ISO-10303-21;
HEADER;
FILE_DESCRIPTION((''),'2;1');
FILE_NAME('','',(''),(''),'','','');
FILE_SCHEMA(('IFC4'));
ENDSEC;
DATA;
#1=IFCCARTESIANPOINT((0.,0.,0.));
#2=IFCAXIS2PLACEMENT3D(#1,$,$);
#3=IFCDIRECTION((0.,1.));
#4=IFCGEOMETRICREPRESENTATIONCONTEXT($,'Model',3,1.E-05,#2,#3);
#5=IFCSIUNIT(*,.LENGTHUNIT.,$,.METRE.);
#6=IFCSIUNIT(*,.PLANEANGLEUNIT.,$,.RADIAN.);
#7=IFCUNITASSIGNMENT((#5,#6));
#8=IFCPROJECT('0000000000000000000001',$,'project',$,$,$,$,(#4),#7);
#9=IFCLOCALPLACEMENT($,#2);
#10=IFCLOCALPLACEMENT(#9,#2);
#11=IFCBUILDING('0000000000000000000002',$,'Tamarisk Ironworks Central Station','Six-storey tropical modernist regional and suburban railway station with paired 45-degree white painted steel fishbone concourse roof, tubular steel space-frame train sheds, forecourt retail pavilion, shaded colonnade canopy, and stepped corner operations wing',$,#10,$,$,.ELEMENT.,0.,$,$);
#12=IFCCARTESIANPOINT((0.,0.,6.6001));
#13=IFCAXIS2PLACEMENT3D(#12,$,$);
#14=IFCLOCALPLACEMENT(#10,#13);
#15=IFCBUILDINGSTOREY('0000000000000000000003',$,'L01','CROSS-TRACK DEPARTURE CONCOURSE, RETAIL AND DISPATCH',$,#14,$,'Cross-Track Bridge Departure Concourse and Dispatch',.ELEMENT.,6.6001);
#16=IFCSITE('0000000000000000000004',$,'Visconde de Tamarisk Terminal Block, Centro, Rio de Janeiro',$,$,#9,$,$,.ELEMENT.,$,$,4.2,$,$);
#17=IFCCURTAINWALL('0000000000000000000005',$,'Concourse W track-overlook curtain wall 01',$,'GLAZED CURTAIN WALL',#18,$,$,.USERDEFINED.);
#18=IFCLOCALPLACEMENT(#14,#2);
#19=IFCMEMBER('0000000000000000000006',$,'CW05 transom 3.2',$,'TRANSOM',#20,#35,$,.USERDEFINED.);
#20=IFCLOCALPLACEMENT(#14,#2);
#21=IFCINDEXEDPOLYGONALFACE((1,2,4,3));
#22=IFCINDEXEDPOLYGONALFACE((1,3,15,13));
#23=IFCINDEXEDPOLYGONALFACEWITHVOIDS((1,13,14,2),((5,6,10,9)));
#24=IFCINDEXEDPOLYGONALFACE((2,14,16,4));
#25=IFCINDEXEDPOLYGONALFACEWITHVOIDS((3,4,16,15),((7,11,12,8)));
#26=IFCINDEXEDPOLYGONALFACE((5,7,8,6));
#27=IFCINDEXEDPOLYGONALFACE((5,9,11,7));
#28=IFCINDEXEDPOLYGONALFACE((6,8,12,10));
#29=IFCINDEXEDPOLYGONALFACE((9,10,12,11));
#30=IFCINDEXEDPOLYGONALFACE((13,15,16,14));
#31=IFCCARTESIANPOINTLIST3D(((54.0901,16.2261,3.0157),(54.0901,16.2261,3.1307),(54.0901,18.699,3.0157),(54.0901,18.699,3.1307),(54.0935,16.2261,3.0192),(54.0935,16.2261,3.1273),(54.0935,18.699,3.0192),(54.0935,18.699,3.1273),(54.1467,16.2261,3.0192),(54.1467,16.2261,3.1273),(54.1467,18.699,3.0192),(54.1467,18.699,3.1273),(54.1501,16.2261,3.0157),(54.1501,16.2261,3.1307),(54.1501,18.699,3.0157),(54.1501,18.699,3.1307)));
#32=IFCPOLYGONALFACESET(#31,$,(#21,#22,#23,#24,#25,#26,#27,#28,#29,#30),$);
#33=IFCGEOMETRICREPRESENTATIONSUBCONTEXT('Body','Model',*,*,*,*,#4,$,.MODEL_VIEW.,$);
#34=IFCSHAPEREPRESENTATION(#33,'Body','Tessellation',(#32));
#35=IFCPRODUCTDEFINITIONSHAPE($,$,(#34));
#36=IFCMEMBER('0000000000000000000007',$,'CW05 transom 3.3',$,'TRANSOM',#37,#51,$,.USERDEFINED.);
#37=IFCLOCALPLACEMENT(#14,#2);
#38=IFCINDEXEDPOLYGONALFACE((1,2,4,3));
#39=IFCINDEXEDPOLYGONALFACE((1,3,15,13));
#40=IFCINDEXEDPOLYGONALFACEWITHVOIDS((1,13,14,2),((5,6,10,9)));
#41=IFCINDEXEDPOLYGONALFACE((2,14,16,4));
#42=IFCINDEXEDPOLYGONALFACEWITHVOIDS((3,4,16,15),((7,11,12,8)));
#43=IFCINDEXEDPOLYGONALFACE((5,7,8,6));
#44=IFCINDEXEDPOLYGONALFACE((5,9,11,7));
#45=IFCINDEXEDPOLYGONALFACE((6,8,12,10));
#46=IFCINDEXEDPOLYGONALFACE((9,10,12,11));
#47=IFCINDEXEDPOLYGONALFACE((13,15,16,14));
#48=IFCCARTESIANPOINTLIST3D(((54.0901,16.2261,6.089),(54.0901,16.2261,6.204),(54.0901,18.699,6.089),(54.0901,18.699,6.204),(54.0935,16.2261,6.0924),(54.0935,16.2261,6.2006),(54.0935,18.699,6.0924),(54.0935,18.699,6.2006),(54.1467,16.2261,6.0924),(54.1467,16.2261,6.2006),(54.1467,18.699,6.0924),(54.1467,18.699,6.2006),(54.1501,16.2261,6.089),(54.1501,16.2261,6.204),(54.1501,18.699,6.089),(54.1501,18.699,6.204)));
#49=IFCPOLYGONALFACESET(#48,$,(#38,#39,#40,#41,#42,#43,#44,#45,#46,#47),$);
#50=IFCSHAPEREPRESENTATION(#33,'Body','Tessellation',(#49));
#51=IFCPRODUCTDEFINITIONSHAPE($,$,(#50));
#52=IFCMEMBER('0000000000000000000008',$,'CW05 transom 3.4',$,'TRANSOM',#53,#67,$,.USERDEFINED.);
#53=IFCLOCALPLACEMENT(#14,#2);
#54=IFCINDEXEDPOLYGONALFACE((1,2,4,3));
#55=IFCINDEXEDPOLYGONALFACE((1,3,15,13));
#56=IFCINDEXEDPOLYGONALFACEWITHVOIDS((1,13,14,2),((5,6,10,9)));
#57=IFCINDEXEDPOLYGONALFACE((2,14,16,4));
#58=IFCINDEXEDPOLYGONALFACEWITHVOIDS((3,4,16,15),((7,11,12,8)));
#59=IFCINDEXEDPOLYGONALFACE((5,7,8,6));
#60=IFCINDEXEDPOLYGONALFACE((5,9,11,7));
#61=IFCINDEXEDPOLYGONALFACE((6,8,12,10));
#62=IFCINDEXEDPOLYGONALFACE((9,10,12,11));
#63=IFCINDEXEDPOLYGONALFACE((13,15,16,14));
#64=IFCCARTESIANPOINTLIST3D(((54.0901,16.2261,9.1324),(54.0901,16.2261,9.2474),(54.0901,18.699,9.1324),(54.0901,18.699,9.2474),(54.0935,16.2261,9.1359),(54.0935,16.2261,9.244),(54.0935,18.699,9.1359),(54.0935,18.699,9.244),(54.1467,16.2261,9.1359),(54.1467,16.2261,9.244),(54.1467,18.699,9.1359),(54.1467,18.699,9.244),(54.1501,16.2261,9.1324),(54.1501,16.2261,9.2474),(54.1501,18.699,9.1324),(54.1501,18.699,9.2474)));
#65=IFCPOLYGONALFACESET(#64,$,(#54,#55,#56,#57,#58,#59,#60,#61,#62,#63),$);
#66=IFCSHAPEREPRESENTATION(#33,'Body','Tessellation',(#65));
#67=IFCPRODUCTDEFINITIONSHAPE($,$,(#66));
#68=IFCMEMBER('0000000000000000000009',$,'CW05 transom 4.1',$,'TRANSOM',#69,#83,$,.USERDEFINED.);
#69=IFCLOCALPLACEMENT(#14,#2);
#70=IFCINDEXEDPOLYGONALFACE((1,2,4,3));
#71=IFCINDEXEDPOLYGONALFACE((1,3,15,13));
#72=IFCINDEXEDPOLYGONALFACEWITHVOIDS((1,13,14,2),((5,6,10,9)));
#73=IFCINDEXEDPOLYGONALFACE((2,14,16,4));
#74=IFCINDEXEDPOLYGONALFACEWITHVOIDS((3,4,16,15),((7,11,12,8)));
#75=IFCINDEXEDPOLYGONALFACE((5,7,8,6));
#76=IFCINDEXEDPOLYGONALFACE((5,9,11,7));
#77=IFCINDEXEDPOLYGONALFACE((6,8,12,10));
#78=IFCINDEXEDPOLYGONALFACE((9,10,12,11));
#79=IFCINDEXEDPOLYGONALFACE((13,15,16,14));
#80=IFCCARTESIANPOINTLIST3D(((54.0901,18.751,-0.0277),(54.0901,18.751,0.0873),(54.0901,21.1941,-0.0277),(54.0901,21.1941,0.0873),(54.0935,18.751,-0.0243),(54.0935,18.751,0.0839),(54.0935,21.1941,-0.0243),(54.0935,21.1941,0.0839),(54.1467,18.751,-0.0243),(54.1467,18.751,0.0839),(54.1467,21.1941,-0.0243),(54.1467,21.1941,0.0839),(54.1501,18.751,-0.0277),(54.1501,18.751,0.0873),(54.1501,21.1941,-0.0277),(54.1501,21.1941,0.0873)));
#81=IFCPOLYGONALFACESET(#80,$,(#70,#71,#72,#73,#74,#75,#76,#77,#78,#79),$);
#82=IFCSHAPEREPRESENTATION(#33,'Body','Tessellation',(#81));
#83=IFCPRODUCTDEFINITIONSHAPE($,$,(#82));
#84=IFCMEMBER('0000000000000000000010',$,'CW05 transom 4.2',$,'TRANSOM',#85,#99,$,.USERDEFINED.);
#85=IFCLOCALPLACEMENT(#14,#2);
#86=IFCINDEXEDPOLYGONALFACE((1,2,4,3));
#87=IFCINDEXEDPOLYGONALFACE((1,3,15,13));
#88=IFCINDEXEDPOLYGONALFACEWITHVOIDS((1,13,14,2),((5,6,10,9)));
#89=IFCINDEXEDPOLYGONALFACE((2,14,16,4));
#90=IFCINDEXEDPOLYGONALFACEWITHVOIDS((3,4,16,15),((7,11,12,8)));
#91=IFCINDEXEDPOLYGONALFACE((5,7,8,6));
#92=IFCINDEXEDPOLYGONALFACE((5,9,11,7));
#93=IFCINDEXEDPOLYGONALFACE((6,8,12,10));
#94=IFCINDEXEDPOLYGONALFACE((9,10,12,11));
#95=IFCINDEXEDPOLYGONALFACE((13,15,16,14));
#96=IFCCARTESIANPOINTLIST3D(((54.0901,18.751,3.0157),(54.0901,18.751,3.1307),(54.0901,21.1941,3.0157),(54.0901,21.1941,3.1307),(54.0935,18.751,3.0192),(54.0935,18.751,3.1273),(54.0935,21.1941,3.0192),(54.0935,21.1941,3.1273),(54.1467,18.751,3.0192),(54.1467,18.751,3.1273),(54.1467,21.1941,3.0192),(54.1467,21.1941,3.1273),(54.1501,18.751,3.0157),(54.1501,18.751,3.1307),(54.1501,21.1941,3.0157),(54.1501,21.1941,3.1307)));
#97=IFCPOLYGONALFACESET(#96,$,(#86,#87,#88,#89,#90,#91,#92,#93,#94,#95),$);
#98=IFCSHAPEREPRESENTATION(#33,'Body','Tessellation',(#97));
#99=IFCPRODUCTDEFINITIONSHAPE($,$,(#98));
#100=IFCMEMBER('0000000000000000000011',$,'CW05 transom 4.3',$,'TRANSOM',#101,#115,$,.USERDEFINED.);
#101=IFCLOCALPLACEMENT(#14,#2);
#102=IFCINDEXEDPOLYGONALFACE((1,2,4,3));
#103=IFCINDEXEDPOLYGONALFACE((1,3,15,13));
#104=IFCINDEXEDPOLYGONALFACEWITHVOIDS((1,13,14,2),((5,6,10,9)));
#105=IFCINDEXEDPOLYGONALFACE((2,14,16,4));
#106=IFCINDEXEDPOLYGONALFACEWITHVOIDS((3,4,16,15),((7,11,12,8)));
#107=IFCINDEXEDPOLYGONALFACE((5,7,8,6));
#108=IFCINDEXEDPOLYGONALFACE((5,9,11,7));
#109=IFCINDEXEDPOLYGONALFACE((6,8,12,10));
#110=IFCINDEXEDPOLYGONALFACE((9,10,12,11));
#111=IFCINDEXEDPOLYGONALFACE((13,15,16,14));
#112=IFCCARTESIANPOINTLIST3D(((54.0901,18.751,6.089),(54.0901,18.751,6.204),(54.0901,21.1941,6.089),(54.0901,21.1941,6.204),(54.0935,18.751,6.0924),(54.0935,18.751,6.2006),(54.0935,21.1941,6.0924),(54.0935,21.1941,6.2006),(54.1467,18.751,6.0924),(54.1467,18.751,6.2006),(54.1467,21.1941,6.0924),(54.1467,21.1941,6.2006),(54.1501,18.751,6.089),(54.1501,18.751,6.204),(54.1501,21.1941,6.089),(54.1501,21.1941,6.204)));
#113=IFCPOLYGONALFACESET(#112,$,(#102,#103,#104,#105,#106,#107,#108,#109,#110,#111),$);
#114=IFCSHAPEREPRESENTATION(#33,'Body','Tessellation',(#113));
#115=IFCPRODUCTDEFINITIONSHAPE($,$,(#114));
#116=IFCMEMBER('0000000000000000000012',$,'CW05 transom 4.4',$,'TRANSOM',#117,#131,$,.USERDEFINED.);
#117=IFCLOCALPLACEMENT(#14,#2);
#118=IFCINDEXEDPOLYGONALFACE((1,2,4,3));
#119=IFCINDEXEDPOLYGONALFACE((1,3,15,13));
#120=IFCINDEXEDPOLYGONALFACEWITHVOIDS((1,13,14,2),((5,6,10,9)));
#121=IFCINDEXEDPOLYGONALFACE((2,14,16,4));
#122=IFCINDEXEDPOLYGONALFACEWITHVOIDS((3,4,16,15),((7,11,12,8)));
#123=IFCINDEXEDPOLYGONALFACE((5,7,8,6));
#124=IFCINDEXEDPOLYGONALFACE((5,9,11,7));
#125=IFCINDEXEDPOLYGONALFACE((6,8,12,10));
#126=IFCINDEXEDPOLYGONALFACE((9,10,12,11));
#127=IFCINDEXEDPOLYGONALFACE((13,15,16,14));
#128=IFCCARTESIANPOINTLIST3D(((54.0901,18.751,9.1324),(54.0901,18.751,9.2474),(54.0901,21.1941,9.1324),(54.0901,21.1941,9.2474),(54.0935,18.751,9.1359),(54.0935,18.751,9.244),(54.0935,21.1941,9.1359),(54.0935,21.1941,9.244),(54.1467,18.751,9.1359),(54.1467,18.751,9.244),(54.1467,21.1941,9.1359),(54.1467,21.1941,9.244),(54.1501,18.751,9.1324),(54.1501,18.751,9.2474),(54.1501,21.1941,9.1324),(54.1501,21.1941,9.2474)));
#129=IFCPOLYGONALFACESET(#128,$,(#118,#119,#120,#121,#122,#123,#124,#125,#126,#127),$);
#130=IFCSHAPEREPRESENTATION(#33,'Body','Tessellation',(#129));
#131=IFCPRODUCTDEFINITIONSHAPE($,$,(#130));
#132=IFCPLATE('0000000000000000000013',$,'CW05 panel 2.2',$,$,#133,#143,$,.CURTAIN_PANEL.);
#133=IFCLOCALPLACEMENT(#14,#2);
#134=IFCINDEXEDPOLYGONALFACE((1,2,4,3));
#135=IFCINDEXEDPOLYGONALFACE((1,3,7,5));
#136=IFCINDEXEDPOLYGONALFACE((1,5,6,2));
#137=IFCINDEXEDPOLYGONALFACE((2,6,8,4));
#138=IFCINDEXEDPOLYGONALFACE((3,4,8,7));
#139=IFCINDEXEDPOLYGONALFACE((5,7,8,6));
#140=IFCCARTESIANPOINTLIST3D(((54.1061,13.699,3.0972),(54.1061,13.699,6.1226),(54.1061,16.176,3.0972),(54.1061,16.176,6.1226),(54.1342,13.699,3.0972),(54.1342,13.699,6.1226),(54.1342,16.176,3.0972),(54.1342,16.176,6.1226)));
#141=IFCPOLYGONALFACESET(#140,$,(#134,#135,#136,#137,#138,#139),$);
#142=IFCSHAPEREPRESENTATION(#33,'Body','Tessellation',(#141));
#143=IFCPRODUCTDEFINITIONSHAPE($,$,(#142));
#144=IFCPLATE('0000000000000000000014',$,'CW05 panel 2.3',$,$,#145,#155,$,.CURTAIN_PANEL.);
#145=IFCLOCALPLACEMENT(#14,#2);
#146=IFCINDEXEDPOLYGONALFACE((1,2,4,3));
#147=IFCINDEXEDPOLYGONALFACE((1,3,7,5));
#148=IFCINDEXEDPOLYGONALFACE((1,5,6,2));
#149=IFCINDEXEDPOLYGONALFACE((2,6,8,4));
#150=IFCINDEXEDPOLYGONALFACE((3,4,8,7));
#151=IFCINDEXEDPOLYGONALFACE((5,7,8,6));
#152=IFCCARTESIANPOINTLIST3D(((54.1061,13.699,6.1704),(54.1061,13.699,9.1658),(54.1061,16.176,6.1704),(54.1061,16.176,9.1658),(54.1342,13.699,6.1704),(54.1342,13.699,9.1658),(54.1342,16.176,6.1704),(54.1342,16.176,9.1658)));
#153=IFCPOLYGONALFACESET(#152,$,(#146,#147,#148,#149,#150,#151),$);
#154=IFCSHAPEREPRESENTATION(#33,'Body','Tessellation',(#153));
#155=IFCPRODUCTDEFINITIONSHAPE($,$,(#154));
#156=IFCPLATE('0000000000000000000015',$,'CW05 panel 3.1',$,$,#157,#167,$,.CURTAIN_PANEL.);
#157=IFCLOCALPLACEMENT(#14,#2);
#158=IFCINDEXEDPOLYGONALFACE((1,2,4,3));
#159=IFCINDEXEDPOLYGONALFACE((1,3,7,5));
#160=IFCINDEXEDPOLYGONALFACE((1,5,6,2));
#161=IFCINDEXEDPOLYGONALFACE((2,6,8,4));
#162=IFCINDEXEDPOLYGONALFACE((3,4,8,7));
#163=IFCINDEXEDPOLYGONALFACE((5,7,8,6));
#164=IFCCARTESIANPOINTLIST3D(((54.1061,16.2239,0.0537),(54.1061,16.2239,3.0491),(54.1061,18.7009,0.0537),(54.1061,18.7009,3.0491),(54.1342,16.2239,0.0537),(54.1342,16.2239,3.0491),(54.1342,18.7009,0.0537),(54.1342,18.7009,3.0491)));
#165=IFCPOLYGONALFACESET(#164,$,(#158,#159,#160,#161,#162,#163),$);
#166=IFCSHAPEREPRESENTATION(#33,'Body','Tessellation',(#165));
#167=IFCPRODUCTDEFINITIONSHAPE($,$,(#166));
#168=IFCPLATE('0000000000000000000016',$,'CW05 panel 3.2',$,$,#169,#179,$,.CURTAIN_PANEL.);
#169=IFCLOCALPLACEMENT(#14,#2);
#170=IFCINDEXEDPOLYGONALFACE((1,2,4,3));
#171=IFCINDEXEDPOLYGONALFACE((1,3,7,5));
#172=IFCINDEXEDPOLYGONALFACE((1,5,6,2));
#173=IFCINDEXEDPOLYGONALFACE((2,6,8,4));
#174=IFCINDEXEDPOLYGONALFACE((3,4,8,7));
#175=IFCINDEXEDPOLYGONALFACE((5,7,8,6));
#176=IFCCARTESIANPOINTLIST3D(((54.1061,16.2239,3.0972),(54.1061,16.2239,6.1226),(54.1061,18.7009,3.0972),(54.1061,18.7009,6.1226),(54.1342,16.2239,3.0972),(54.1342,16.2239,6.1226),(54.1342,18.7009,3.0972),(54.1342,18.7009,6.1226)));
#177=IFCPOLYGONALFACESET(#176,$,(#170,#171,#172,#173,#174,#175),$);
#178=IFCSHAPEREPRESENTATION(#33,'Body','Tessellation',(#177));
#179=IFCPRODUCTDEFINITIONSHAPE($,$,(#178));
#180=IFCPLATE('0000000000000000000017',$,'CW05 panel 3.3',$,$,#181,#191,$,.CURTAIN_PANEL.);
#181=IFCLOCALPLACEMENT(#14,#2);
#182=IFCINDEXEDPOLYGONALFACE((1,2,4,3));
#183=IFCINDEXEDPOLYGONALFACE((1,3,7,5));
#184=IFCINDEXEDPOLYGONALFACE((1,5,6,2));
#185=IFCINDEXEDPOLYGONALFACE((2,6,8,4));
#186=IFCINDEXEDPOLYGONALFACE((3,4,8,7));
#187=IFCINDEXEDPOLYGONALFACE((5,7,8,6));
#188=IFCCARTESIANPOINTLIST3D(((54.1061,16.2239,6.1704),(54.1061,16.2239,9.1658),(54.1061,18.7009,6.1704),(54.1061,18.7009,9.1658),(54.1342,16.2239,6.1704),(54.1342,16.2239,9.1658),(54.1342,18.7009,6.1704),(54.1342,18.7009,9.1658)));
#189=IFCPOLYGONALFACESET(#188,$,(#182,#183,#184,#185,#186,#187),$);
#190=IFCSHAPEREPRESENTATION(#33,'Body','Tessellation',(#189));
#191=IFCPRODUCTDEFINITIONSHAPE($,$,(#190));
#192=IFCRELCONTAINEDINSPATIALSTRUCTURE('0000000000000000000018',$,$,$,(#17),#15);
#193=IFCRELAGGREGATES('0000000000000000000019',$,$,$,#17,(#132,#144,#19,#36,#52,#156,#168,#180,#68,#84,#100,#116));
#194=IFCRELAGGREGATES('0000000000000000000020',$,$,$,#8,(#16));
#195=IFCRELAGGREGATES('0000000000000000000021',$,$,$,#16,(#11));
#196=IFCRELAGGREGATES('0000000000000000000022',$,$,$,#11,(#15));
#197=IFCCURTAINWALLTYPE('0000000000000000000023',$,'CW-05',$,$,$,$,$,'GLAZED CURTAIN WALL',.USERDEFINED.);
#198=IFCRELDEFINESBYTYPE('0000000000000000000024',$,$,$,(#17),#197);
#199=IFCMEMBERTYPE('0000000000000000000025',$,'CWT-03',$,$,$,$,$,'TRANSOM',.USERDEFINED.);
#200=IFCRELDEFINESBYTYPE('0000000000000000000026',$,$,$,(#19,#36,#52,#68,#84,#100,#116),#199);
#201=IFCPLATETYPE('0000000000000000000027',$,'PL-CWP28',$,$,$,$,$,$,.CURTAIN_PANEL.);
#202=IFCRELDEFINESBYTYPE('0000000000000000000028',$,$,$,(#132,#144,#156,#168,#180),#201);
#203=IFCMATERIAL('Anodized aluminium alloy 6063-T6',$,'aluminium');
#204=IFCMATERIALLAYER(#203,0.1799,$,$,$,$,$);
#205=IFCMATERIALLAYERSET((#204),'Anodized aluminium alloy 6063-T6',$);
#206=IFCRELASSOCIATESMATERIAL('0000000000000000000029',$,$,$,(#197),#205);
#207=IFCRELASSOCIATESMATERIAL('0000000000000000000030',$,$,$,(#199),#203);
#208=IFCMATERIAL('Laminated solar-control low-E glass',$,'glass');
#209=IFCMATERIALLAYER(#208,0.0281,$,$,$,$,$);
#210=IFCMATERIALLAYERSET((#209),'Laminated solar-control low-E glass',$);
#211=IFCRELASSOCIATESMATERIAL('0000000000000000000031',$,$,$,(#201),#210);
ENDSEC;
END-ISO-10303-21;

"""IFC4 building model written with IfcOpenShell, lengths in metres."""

from ifc_helpers import new_model, si_unit, direction, frame, origin, origin_2d, place, context, subcontext, project, spatial, rectangle, hollow_rectangle, extrude, material, layer, layer_set, material_profile, profile_set, type_object, element, aggregate, save


model = new_model("IFC4")

# Units and contexts
model_context = context("Model", 3, precision=1e-05, world=origin(), true_north=direction((0.0, 1.0)))
body_context = subcontext(model_context, "Body", "Model", "MODEL_VIEW")
ifc_project = project(units=[si_unit("LENGTHUNIT", "METRE"), si_unit("PLANEANGLEUNIT", "RADIAN")], contexts=[model_context])

# Site, building, storey
site_placement = place(None, origin())
site = spatial("IfcSite", under=ifc_project, at=site_placement, Name="Visconde de Tamarisk Terminal Block, Centro, Rio de Janeiro", CompositionType="ELEMENT", RefElevation=4.2)
building_placement = place(site_placement, origin())
building = spatial("IfcBuilding", under=site, at=building_placement, Name="Tamarisk Ironworks Central Station", Description="Six-storey tropical modernist regional and suburban railway station with paired 45-degree white painted steel fishbone concourse roof, tubular steel space-frame train sheds, forecourt retail pavilion, shaded colonnade canopy, and stepped corner operations wing", CompositionType="ELEMENT", ElevationOfRefHeight=0.0)
storey_placement = place(building_placement, frame((0.0, 0.0, 6.6001)))
storey = spatial("IfcBuildingStorey", under=building, at=storey_placement, Name="L01", Description="CROSS-TRACK DEPARTURE CONCOURSE, RETAIL AND DISPATCH", LongName="Cross-Track Bridge Departure Concourse and Dispatch", CompositionType="ELEMENT", Elevation=6.6001)

# Curtain wall, members, plates
ifc_material_1 = material(Name="Anodized aluminium alloy 6063-T6", Category="aluminium")
ifc_layer_1 = layer(ifc_material_1, 0.1799)
ifc_layer_set_1 = layer_set([ifc_layer_1], Name="Anodized aluminium alloy 6063-T6")
curtain_wall_type = type_object("IfcCurtainWallType", Name="CW-05", ElementType="GLAZED CURTAIN WALL", PredefinedType="USERDEFINED", material=ifc_layer_set_1)
curtain_wall_placement = place(storey_placement, origin())
curtain_wall = element("IfcCurtainWall", 1, at=curtain_wall_placement, inside=storey, type_object=curtain_wall_type, Name="Concourse W track-overlook curtain wall 01", ObjectType="GLAZED CURTAIN WALL", PredefinedType="USERDEFINED")
ifc_material_profile_1 = material_profile(ifc_material_1, hollow_rectangle(XDim=0.0601, YDim=0.115, WallThickness=0.0034, at=origin_2d()), Name="ALUM 115x60")
ifc_profile_set_1 = profile_set([ifc_material_profile_1], Name="Anodized aluminium alloy 6063-T6")
member_type_1 = type_object("IfcMemberType", Name="CWT-03", ElementType="TRANSOM", PredefinedType="USERDEFINED", material=ifc_profile_set_1)
member_1_placement = place(storey_placement, frame((54.1201, 16.2261, 3.0732), z_axis=(0.0, 1.0, 0.0), x_axis=(-1.0, 0.0, 0.0)))
member_1 = element("IfcMember", 2, at=member_1_placement, type_object=member_type_1, Name="CW05 transom 3.2", ObjectType="TRANSOM", PredefinedType="USERDEFINED", context=body_context, shape_type="SweptSolid", body=[
    extrude(hollow_rectangle(XDim=0.0601, YDim=0.115, WallThickness=0.0034, at=origin_2d()), origin(), (0.0, 0.0, 1.0), 2.4729),
])
member_2_placement = place(storey_placement, frame((54.1201, 16.2261, 6.1465), z_axis=(0.0, 1.0, 0.0), x_axis=(-1.0, 0.0, 0.0)))
member_2 = element("IfcMember", 3, at=member_2_placement, type_object=member_type_1, Name="CW05 transom 3.3", ObjectType="TRANSOM", PredefinedType="USERDEFINED", context=body_context, shape_type="SweptSolid", body=[
    extrude(hollow_rectangle(XDim=0.0601, YDim=0.115, WallThickness=0.0034, at=origin_2d()), origin(), (0.0, 0.0, 1.0), 2.4729),
])
member_3_placement = place(storey_placement, frame((54.1201, 16.2261, 9.1899), z_axis=(0.0, 1.0, 0.0), x_axis=(-1.0, 0.0, 0.0)))
member_3 = element("IfcMember", 4, at=member_3_placement, type_object=member_type_1, Name="CW05 transom 3.4", ObjectType="TRANSOM", PredefinedType="USERDEFINED", context=body_context, shape_type="SweptSolid", body=[
    extrude(hollow_rectangle(XDim=0.0601, YDim=0.115, WallThickness=0.0034, at=origin_2d()), origin(), (0.0, 0.0, 1.0), 2.4729),
])
member_4_placement = place(storey_placement, frame((54.1201, 18.751, 0.0298), z_axis=(0.0, 1.0, 0.0), x_axis=(-1.0, 0.0, 0.0)))
member_4 = element("IfcMember", 5, at=member_4_placement, type_object=member_type_1, Name="CW05 transom 4.1", ObjectType="TRANSOM", PredefinedType="USERDEFINED", context=body_context, shape_type="SweptSolid", body=[
    extrude(hollow_rectangle(XDim=0.0601, YDim=0.115, WallThickness=0.0034, at=origin_2d()), origin(), (0.0, 0.0, 1.0), 2.4431),
])
member_5_placement = place(storey_placement, frame((54.1201, 18.751, 3.0732), z_axis=(0.0, 1.0, 0.0), x_axis=(-1.0, 0.0, 0.0)))
member_5 = element("IfcMember", 6, at=member_5_placement, type_object=member_type_1, Name="CW05 transom 4.2", ObjectType="TRANSOM", PredefinedType="USERDEFINED", context=body_context, shape_type="SweptSolid", body=[
    extrude(hollow_rectangle(XDim=0.0601, YDim=0.115, WallThickness=0.0034, at=origin_2d()), origin(), (0.0, 0.0, 1.0), 2.4431),
])
member_6_placement = place(storey_placement, frame((54.1201, 18.751, 6.1465), z_axis=(0.0, 1.0, 0.0), x_axis=(-1.0, 0.0, 0.0)))
member_6 = element("IfcMember", 7, at=member_6_placement, type_object=member_type_1, Name="CW05 transom 4.3", ObjectType="TRANSOM", PredefinedType="USERDEFINED", context=body_context, shape_type="SweptSolid", body=[
    extrude(hollow_rectangle(XDim=0.0601, YDim=0.115, WallThickness=0.0034, at=origin_2d()), origin(), (0.0, 0.0, 1.0), 2.4431),
])
member_7_placement = place(storey_placement, frame((54.1201, 18.751, 9.1899), z_axis=(0.0, 1.0, 0.0), x_axis=(-1.0, 0.0, 0.0)))
member_7 = element("IfcMember", 8, at=member_7_placement, type_object=member_type_1, Name="CW05 transom 4.4", ObjectType="TRANSOM", PredefinedType="USERDEFINED", context=body_context, shape_type="SweptSolid", body=[
    extrude(hollow_rectangle(XDim=0.0601, YDim=0.115, WallThickness=0.0034, at=origin_2d()), origin(), (0.0, 0.0, 1.0), 2.4431),
])
ifc_material_2 = material(Name="Laminated solar-control low-E glass", Category="glass")
ifc_layer_2 = layer(ifc_material_2, 0.0281)
ifc_layer_set_2 = layer_set([ifc_layer_2], Name="Laminated solar-control low-E glass")
plate_type = type_object("IfcPlateType", Name="PL-CWP28", PredefinedType="CURTAIN_PANEL", material=ifc_layer_set_2)
plate_1_placement = place(storey_placement, frame((54.1201, 14.9375, 3.0972), z_axis=(0.0, 0.0, 1.0), x_axis=(0.0, 1.0, 0.0)))
plate_1 = element("IfcPlate", 9, at=plate_1_placement, type_object=plate_type, Name="CW05 panel 2.2", PredefinedType="CURTAIN_PANEL", context=body_context, shape_type="SweptSolid", body=[
    extrude(rectangle(XDim=2.4771, YDim=0.0281, at=origin_2d()), origin(), (0.0, 0.0, 1.0), 3.0254),
])
plate_2_placement = place(storey_placement, frame((54.1201, 14.9375, 6.1704), z_axis=(0.0, 0.0, 1.0), x_axis=(0.0, 1.0, 0.0)))
plate_2 = element("IfcPlate", 10, at=plate_2_placement, type_object=plate_type, Name="CW05 panel 2.3", PredefinedType="CURTAIN_PANEL", context=body_context, shape_type="SweptSolid", body=[
    extrude(rectangle(XDim=2.4771, YDim=0.0281, at=origin_2d()), origin(), (0.0, 0.0, 1.0), 2.9954),
])
plate_3_placement = place(storey_placement, frame((54.1201, 17.4624, 0.0537), z_axis=(0.0, 0.0, 1.0), x_axis=(0.0, 1.0, 0.0)))
plate_3 = element("IfcPlate", 11, at=plate_3_placement, type_object=plate_type, Name="CW05 panel 3.1", PredefinedType="CURTAIN_PANEL", context=body_context, shape_type="SweptSolid", body=[
    extrude(rectangle(XDim=2.4771, YDim=0.0281, at=origin_2d()), origin(), (0.0, 0.0, 1.0), 2.9954),
])
plate_4_placement = place(storey_placement, frame((54.1201, 17.4624, 3.0972), z_axis=(0.0, 0.0, 1.0), x_axis=(0.0, 1.0, 0.0)))
plate_4 = element("IfcPlate", 12, at=plate_4_placement, type_object=plate_type, Name="CW05 panel 3.2", PredefinedType="CURTAIN_PANEL", context=body_context, shape_type="SweptSolid", body=[
    extrude(rectangle(XDim=2.4771, YDim=0.0281, at=origin_2d()), origin(), (0.0, 0.0, 1.0), 3.0254),
])
plate_5_placement = place(storey_placement, frame((54.1201, 17.4624, 6.1704), z_axis=(0.0, 0.0, 1.0), x_axis=(0.0, 1.0, 0.0)))
plate_5 = element("IfcPlate", 13, at=plate_5_placement, type_object=plate_type, Name="CW05 panel 3.3", PredefinedType="CURTAIN_PANEL", context=body_context, shape_type="SweptSolid", body=[
    extrude(rectangle(XDim=2.4771, YDim=0.0281, at=origin_2d()), origin(), (0.0, 0.0, 1.0), 2.9954),
])
aggregate(curtain_wall, [plate_1, plate_2, member_1, member_2, member_3, plate_3, plate_4, plate_5, member_4, member_5, member_6, member_7])

save(model, "model.ifc")
